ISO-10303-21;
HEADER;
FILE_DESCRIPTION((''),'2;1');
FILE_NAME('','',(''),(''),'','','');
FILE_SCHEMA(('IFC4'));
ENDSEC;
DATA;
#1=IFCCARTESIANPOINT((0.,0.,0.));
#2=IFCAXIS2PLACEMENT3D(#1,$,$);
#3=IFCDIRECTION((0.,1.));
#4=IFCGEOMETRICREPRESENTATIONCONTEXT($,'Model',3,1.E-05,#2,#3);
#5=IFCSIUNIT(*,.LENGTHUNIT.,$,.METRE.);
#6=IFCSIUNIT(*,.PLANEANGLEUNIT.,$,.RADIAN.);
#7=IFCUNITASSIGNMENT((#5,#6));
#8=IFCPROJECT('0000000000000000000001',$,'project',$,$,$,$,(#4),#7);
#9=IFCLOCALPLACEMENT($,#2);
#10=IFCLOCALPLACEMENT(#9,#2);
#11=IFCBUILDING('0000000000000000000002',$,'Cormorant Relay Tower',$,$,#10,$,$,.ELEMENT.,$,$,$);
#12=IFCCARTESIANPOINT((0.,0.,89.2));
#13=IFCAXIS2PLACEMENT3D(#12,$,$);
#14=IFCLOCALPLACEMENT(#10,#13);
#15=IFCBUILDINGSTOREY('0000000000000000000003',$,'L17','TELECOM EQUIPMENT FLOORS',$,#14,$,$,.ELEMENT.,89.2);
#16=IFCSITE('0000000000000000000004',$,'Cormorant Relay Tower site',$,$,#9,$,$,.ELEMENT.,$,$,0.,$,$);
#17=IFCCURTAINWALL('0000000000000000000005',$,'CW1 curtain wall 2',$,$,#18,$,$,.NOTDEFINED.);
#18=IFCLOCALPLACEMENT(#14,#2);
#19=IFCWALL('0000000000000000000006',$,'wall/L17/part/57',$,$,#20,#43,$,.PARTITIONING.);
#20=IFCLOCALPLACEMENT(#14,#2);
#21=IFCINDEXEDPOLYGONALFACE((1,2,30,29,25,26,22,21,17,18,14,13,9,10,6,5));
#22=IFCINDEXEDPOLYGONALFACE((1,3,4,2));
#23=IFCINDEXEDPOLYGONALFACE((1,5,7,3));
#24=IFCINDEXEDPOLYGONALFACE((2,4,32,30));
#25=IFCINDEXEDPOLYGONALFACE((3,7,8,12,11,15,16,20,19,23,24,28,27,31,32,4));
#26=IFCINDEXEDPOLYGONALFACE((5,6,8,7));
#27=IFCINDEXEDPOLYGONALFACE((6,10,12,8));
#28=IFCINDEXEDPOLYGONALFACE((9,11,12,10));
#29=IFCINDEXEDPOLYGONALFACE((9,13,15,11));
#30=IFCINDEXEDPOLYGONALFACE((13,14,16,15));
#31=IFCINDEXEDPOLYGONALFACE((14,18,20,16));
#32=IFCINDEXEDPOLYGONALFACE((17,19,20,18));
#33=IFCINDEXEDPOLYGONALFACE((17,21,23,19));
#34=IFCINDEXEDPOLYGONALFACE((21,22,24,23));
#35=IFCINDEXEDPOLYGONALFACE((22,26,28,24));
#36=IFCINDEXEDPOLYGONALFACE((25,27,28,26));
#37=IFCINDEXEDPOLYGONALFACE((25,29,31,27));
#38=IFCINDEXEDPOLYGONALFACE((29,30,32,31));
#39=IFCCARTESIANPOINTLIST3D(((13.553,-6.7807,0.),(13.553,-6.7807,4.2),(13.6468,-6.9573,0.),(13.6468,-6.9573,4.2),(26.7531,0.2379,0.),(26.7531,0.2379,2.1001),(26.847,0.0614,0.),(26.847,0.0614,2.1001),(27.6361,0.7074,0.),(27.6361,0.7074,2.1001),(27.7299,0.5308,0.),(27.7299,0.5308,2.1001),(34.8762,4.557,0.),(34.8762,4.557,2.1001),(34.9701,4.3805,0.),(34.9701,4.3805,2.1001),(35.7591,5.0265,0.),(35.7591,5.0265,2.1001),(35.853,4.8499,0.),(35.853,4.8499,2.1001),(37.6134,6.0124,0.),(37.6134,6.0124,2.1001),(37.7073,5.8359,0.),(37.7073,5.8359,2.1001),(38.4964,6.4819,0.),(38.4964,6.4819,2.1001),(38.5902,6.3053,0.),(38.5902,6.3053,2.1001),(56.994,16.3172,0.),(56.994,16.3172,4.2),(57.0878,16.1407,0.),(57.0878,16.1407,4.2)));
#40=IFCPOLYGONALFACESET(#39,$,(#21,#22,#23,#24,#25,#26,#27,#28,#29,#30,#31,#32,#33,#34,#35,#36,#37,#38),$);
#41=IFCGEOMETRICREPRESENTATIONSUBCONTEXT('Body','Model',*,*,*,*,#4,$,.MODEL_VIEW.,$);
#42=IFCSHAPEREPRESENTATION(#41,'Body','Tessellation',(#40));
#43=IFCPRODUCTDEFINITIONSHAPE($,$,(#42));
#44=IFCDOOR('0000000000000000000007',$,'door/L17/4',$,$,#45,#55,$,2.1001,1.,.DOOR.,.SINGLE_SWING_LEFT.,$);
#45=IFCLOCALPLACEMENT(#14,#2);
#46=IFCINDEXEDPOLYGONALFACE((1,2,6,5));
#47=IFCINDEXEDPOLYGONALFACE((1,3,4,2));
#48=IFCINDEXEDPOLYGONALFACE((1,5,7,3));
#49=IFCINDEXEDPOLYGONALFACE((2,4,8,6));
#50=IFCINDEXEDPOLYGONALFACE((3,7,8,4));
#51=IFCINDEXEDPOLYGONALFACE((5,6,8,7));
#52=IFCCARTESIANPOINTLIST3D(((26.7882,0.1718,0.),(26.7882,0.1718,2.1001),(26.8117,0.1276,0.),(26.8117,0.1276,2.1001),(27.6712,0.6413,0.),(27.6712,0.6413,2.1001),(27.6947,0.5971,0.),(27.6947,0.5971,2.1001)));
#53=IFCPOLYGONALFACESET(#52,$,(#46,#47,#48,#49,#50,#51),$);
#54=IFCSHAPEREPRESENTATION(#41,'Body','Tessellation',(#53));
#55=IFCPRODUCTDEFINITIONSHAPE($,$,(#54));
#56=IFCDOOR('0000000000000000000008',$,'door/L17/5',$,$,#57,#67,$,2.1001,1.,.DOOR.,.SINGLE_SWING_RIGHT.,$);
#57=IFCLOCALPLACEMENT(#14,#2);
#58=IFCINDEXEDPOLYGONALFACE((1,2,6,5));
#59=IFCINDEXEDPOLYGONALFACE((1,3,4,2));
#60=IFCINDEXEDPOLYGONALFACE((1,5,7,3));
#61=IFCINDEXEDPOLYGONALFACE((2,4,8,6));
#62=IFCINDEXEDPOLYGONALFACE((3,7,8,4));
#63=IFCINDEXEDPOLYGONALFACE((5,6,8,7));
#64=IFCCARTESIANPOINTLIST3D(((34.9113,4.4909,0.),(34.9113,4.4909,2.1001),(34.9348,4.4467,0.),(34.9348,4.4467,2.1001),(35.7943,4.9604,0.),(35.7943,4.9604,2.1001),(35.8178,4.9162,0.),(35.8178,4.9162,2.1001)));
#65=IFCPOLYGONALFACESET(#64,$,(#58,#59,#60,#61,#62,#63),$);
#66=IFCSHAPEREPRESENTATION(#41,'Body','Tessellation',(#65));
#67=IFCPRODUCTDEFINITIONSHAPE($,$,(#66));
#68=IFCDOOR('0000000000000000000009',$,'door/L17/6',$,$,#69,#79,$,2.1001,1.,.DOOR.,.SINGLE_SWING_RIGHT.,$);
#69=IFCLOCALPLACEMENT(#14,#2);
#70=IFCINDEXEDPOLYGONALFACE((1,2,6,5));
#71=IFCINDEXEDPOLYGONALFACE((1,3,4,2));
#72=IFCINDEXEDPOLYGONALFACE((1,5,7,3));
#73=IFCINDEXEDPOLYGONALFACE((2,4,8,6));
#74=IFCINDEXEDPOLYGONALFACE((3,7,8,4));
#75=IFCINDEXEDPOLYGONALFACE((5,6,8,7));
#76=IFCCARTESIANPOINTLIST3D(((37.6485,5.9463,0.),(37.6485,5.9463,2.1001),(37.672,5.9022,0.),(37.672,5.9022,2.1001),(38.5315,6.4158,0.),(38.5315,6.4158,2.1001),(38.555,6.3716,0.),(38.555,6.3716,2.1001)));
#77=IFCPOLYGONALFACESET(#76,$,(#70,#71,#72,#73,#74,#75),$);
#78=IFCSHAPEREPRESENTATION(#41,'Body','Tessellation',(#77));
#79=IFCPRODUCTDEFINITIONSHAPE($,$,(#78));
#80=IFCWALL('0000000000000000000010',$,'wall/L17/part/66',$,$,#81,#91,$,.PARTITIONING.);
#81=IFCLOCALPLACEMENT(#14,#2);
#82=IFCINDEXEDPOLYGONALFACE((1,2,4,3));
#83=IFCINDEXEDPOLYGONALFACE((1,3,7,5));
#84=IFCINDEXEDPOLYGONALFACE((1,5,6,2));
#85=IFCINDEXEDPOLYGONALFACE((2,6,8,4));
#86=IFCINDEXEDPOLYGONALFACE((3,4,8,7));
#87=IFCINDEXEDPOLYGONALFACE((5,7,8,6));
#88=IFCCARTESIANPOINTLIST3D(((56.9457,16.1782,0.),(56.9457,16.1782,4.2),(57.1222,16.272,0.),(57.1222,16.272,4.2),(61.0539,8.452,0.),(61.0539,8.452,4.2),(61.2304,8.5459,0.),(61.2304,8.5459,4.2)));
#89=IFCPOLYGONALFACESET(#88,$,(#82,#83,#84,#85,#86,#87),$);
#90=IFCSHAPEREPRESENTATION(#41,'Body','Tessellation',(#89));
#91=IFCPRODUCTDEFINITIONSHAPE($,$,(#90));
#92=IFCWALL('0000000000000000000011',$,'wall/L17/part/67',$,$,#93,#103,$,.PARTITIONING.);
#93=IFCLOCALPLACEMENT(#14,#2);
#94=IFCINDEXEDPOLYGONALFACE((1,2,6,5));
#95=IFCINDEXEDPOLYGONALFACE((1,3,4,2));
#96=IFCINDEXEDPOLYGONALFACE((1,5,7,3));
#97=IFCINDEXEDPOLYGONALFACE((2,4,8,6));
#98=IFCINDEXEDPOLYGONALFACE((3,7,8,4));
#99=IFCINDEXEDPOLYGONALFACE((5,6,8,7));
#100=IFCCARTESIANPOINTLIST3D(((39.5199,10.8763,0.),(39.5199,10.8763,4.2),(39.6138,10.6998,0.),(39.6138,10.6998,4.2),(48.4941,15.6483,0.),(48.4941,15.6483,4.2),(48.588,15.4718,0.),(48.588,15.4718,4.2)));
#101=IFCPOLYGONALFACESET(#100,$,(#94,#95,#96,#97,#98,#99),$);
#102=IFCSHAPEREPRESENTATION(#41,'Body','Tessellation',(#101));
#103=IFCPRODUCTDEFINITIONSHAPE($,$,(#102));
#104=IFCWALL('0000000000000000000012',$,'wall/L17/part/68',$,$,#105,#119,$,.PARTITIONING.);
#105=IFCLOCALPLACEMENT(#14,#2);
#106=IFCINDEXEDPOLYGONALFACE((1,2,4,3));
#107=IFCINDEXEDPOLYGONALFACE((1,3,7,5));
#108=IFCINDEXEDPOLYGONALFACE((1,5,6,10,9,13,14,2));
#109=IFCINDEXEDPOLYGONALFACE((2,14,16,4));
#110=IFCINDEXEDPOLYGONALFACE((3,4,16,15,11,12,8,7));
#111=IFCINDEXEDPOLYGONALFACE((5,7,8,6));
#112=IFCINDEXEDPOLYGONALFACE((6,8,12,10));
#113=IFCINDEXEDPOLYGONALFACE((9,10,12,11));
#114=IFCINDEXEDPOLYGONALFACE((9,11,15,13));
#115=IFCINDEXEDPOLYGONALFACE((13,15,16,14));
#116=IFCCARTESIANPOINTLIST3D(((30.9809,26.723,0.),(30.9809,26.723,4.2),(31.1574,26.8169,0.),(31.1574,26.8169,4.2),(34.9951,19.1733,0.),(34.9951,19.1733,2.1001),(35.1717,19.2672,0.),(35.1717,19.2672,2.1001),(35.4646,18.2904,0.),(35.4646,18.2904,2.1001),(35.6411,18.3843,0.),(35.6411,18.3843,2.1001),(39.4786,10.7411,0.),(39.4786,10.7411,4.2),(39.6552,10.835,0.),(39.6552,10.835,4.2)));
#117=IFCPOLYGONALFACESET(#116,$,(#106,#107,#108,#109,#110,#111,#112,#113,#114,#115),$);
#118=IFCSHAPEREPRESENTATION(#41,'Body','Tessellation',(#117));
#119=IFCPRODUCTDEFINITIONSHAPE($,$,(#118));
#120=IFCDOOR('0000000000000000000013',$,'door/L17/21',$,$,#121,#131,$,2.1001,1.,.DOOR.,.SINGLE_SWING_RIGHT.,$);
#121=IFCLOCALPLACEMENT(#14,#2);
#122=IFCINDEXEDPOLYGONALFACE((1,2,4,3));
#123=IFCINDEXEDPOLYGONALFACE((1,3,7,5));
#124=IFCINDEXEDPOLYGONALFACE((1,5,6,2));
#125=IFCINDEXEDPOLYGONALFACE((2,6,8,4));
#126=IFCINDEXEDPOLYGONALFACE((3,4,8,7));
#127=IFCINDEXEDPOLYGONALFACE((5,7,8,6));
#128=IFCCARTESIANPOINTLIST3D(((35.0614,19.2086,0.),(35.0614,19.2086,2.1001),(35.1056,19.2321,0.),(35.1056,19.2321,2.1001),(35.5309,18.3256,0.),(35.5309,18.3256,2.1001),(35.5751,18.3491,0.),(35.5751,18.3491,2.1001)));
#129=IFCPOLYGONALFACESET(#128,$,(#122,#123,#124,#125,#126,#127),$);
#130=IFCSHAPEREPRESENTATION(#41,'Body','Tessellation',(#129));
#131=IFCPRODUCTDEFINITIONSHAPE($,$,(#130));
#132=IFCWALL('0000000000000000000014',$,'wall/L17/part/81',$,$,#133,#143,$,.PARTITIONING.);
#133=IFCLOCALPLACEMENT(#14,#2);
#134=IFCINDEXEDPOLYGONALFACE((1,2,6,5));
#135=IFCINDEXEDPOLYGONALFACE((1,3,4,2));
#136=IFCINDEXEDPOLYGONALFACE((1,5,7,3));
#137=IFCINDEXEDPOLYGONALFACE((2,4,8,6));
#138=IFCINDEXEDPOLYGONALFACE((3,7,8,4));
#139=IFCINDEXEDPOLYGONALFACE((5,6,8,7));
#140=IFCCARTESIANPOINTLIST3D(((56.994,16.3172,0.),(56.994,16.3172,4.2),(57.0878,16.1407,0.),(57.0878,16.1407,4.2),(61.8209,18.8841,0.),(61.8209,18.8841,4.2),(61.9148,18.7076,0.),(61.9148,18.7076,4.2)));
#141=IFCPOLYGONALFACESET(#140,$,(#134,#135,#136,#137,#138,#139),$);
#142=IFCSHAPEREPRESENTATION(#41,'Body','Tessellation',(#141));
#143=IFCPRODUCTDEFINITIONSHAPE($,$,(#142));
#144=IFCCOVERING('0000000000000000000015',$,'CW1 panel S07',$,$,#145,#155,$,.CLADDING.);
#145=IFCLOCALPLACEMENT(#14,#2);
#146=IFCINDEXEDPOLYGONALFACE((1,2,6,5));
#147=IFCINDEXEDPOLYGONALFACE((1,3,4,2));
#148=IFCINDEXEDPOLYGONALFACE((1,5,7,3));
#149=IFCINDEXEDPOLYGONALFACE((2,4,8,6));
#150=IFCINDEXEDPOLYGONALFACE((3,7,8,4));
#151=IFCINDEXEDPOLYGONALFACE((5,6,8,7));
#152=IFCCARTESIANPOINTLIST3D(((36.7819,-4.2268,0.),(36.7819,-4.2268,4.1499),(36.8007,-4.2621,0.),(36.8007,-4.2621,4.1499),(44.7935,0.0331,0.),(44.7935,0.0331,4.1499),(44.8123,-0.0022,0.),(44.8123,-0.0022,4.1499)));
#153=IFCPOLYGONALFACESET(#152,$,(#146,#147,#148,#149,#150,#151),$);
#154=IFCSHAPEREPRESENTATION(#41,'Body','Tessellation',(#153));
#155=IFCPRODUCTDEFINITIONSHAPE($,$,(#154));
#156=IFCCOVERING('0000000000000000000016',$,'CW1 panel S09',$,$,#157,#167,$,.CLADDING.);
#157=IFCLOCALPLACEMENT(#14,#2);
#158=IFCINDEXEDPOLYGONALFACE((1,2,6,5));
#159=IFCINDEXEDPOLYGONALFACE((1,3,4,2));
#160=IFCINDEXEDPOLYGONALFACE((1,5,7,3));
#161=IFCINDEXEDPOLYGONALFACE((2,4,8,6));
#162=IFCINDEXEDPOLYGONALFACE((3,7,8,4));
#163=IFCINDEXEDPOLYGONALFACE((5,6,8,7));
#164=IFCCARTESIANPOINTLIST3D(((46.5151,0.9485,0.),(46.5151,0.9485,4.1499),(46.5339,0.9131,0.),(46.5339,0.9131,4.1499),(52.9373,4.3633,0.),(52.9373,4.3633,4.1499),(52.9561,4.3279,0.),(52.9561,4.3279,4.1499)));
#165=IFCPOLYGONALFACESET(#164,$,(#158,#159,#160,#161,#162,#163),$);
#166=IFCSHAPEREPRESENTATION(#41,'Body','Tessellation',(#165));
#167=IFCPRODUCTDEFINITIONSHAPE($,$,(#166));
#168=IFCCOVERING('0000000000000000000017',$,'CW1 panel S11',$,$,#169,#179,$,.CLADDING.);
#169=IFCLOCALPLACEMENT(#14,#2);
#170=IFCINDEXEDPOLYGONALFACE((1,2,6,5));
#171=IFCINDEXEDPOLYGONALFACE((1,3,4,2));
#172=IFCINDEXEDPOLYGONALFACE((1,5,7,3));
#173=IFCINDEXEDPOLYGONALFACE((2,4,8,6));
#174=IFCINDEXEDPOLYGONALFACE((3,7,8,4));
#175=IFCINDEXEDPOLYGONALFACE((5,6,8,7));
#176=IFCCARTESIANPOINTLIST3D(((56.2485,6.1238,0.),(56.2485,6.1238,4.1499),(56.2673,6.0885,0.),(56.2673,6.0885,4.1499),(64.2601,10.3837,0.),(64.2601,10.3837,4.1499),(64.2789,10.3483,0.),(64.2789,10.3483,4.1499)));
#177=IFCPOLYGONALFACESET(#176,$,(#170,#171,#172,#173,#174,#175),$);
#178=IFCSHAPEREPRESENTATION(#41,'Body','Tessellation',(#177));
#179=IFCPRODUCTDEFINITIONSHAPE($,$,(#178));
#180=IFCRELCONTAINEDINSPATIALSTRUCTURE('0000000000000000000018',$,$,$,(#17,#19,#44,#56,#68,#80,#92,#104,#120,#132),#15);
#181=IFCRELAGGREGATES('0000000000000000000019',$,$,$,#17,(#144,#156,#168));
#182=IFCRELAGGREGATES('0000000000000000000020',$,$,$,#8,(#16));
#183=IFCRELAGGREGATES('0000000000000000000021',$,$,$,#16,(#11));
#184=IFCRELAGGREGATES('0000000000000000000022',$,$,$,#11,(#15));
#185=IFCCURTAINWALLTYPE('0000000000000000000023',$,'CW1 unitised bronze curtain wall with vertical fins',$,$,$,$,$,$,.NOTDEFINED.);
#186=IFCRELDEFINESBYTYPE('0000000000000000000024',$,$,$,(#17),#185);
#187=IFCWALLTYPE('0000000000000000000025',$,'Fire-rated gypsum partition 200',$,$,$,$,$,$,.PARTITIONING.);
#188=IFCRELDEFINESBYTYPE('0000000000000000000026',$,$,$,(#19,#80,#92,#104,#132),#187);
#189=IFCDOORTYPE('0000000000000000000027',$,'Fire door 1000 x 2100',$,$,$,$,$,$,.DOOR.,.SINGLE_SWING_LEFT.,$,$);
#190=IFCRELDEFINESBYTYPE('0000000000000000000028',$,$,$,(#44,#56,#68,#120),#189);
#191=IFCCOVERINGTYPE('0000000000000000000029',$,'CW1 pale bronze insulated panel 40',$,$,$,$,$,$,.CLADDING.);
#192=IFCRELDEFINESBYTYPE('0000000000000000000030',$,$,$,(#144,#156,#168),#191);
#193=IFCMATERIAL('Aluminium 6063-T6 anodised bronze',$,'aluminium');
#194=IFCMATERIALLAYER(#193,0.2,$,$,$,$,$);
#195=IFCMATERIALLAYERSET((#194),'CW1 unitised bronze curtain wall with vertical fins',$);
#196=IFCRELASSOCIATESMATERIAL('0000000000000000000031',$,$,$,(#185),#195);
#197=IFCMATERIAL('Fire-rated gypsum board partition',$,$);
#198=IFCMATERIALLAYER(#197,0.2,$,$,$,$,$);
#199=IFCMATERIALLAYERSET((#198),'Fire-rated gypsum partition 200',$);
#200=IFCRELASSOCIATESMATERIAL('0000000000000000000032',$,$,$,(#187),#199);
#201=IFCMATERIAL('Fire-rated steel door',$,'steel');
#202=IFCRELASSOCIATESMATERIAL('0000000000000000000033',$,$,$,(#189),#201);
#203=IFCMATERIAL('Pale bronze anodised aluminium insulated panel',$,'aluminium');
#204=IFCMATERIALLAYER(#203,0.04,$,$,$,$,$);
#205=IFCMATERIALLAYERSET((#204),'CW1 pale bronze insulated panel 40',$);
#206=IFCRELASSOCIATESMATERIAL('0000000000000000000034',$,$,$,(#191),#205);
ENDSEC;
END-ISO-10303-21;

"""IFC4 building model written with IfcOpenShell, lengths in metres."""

from ifc_helpers import new_model, si_unit, direction, frame, frame_2d, origin, origin_2d, place, context, subcontext, project, spatial, rectangle, extrude, material, layer, layer_set, type_object, element, fill, aggregate, save


model = new_model("IFC4")

# Units and contexts
model_context = context("Model", 3, precision=1e-05, world=origin(), true_north=direction((0.0, 1.0)))
body_context = subcontext(model_context, "Body", "Model", "MODEL_VIEW")
ifc_project = project(units=[si_unit("LENGTHUNIT", "METRE"), si_unit("PLANEANGLEUNIT", "RADIAN")], contexts=[model_context])

# Site, building, storey
site_placement = place(None, origin())
site = spatial("IfcSite", under=ifc_project, at=site_placement, Name="Cormorant Relay Tower site", CompositionType="ELEMENT", RefElevation=0.0)
building_placement = place(site_placement, origin())
building = spatial("IfcBuilding", under=site, at=building_placement, Name="Cormorant Relay Tower", CompositionType="ELEMENT")
storey_placement = place(building_placement, frame((0.0, 0.0, 89.2)))
storey = spatial("IfcBuildingStorey", under=building, at=storey_placement, Name="L17", Description="TELECOM EQUIPMENT FLOORS", CompositionType="ELEMENT", Elevation=89.2)

# Curtain wall
ifc_material_1 = material(Name="Aluminium 6063-T6 anodised bronze", Category="aluminium")
ifc_layer_1 = layer(ifc_material_1, 0.2)
ifc_layer_set_1 = layer_set([ifc_layer_1], Name="CW1 unitised bronze curtain wall with vertical fins")
curtain_wall_type = type_object("IfcCurtainWallType", Name="CW1 unitised bronze curtain wall with vertical fins", PredefinedType="NOTDEFINED", material=ifc_layer_set_1)
curtain_wall_1_placement = place(storey_placement, origin())
curtain_wall_1 = element("IfcCurtainWall", 1, at=curtain_wall_1_placement, inside=storey, type_object=curtain_wall_type, Name="CW1 curtain wall 2", PredefinedType="NOTDEFINED")

# Wall, openings, doors
ifc_material_2 = material(Name="Fire-rated gypsum board partition")
ifc_layer_2 = layer(ifc_material_2, 0.2)
ifc_layer_set_2 = layer_set([ifc_layer_2], Name="Fire-rated gypsum partition 200")
wall_type = type_object("IfcWallType", Name="Fire-rated gypsum partition 200", PredefinedType="PARTITIONING", material=ifc_layer_set_2)
wall_1_placement = place(storey_placement, frame((57.041, 16.229, 0.0), z_axis=(0.0, 0.0, 1.0), x_axis=(-0.882948, -0.469471, 0.0)))
wall_1 = element("IfcWall", 2, at=wall_1_placement, inside=storey, type_object=wall_type, Name="wall/L17/part/57", PredefinedType="PARTITIONING", context=body_context, shape_type="SweptSolid", body=[
    extrude(rectangle(XDim=49.2, YDim=0.2, at=frame_2d((24.6001, 0.0))), origin(), (0.0, 0.0, 1.0), 4.2),
])
opening_1_placement = place(wall_1_placement, frame((33.25, 0.0, 0.0)))
opening_1 = element("IfcOpeningElement", 3, at=opening_1_placement, cuts=wall_1, PredefinedType="OPENING", context=body_context, shape_type="SweptSolid", body=[
    extrude(rectangle(XDim=1.0, YDim=2.1001, at=frame_2d((0.5, 1.05))), frame((0.0, 0.1099, 0.0), z_axis=(0.0, -1.0, 0.0), x_axis=(1.0, 0.0, 0.0)), (0.0, 0.0, 1.0), 0.22),
])
opening_2_placement = place(wall_1_placement, frame((24.05, 0.0, 0.0)))
opening_2 = element("IfcOpeningElement", 4, at=opening_2_placement, cuts=wall_1, PredefinedType="OPENING", context=body_context, shape_type="SweptSolid", body=[
    extrude(rectangle(XDim=1.0, YDim=2.1001, at=frame_2d((0.5, 1.05))), frame((0.0, 0.1099, 0.0), z_axis=(0.0, -1.0, 0.0), x_axis=(1.0, 0.0, 0.0)), (0.0, 0.0, 1.0), 0.22),
])
opening_3_placement = place(wall_1_placement, frame((20.95, 0.0, 0.0)))
opening_3 = element("IfcOpeningElement", 5, at=opening_3_placement, cuts=wall_1, PredefinedType="OPENING", context=body_context, shape_type="SweptSolid", body=[
    extrude(rectangle(XDim=1.0, YDim=2.1001, at=frame_2d((0.5, 1.05))), frame((0.0, 0.1099, 0.0), z_axis=(0.0, -1.0, 0.0), x_axis=(1.0, 0.0, 0.0)), (0.0, 0.0, 1.0), 0.22),
])
ifc_material_3 = material(Name="Fire-rated steel door", Category="steel")
door_type = type_object("IfcDoorType", Name="Fire door 1000 x 2100", OperationType="SINGLE_SWING_LEFT", PredefinedType="DOOR", material=ifc_material_3)
door_1_placement = place(opening_1_placement, origin())
door_1 = element("IfcDoor", 6, at=door_1_placement, inside=storey, type_object=door_type, Name="door/L17/4", OperationType="SINGLE_SWING_LEFT", OverallHeight=2.1001, OverallWidth=1.0, PredefinedType="DOOR", context=body_context, shape_type="SweptSolid", body=[
    extrude(rectangle(XDim=1.0, YDim=2.1001, at=frame_2d((0.5, 1.05))), frame((0.0, 0.0249, 0.0), z_axis=(0.0, -1.0, 0.0), x_axis=(1.0, 0.0, 0.0)), (0.0, 0.0, 1.0), 0.05),
])
fill(opening_1, door_1)
door_2_placement = place(opening_2_placement, origin())
door_2 = element("IfcDoor", 7, at=door_2_placement, inside=storey, type_object=door_type, Name="door/L17/5", OperationType="SINGLE_SWING_RIGHT", OverallHeight=2.1001, OverallWidth=1.0, PredefinedType="DOOR", context=body_context, shape_type="SweptSolid", body=[
    extrude(rectangle(XDim=1.0, YDim=2.1001, at=frame_2d((0.5, 1.05))), frame((0.0, 0.0249, 0.0), z_axis=(0.0, -1.0, 0.0), x_axis=(1.0, 0.0, 0.0)), (0.0, 0.0, 1.0), 0.05),
])
fill(opening_2, door_2)
door_3_placement = place(opening_3_placement, origin())
door_3 = element("IfcDoor", 8, at=door_3_placement, inside=storey, type_object=door_type, Name="door/L17/6", OperationType="SINGLE_SWING_RIGHT", OverallHeight=2.1001, OverallWidth=1.0, PredefinedType="DOOR", context=body_context, shape_type="SweptSolid", body=[
    extrude(rectangle(XDim=1.0, YDim=2.1001, at=frame_2d((0.5, 1.05))), frame((0.0, 0.0249, 0.0), z_axis=(0.0, -1.0, 0.0), x_axis=(1.0, 0.0, 0.0)), (0.0, 0.0, 1.0), 0.05),
])
fill(opening_3, door_3)

# Walls
wall_2_placement = place(storey_placement, frame((57.0339, 16.2251, 0.0), z_axis=(0.0, 0.0, 1.0), x_axis=(0.469483, -0.882942, 0.0)))
element("IfcWall", 9, at=wall_2_placement, inside=storey, type_object=wall_type, Name="wall/L17/part/66", PredefinedType="PARTITIONING", context=body_context, shape_type="SweptSolid", body=[
    extrude(rectangle(XDim=8.7505, YDim=0.2, at=frame_2d((4.3752, 0.0))), origin(), (0.0, 0.0, 1.0), 4.2),
])
wall_3_placement = place(storey_placement, frame((48.541, 15.5601, 0.0), z_axis=(0.0, 0.0, 1.0), x_axis=(-0.882933, -0.469498, 0.0)))
element("IfcWall", 10, at=wall_3_placement, inside=storey, type_object=wall_type, Name="wall/L17/part/67", PredefinedType="PARTITIONING", context=body_context, shape_type="SweptSolid", body=[
    extrude(rectangle(XDim=10.1641, YDim=0.2, at=frame_2d((5.082, 0.0))), origin(), (0.0, 0.0, 1.0), 4.2),
])

# Wall, opening, door
wall_4_placement = place(storey_placement, frame((39.5669, 10.7881, 0.0), z_axis=(0.0, 0.0, 1.0), x_axis=(-0.469474, 0.882946, 0.0)))
wall_4 = element("IfcWall", 11, at=wall_4_placement, inside=storey, type_object=wall_type, Name="wall/L17/part/68", PredefinedType="PARTITIONING", context=body_context, shape_type="SweptSolid", body=[
    extrude(rectangle(XDim=18.1006, YDim=0.2, at=frame_2d((9.0503, 0.0))), origin(), (0.0, 0.0, 1.0), 4.2),
])
opening_4_placement = place(wall_4_placement, frame((8.55, 0.0, 0.0)))
opening_4 = element("IfcOpeningElement", 12, at=opening_4_placement, cuts=wall_4, PredefinedType="OPENING", context=body_context, shape_type="SweptSolid", body=[
    extrude(rectangle(XDim=1.0, YDim=2.1001, at=frame_2d((0.5, 1.05))), frame((0.0, 0.1099, 0.0), z_axis=(0.0, -1.0, 0.0), x_axis=(1.0, 0.0, 0.0)), (0.0, 0.0, 1.0), 0.22),
])
door_4_placement = place(opening_4_placement, origin())
door_4 = element("IfcDoor", 13, at=door_4_placement, inside=storey, type_object=door_type, Name="door/L17/21", OperationType="SINGLE_SWING_RIGHT", OverallHeight=2.1001, OverallWidth=1.0, PredefinedType="DOOR", context=body_context, shape_type="SweptSolid", body=[
    extrude(rectangle(XDim=1.0, YDim=2.1001, at=frame_2d((0.5, 1.05))), frame((0.0, 0.0249, 0.0), z_axis=(0.0, -1.0, 0.0), x_axis=(1.0, 0.0, 0.0)), (0.0, 0.0, 1.0), 0.05),
])
fill(opening_4, door_4)

# Wall
wall_5_placement = place(storey_placement, frame((57.041, 16.229, 0.0), z_axis=(0.0, 0.0, 1.0), x_axis=(0.882918, 0.469526, 0.0)))
element("IfcWall", 14, at=wall_5_placement, inside=storey, type_object=wall_type, Name="wall/L17/part/81", PredefinedType="PARTITIONING", context=body_context, shape_type="SweptSolid", body=[
    extrude(rectangle(XDim=5.467, YDim=0.2, at=frame_2d((2.7334, 0.0))), origin(), (0.0, 0.0, 1.0), 4.2),
])

# Coverings
ifc_material_4 = material(Name="Pale bronze anodised aluminium insulated panel", Category="aluminium")
ifc_layer_3 = layer(ifc_material_4, 0.04)
ifc_layer_set_3 = layer_set([ifc_layer_3], Name="CW1 pale bronze insulated panel 40")
covering_type = type_object("IfcCoveringType", Name="CW1 pale bronze insulated panel 40", PredefinedType="CLADDING", material=ifc_layer_set_3)
covering_1_placement = place(storey_placement, frame((40.7971, -2.1145, 0.0), z_axis=(0.0, 0.0, 1.0), x_axis=(0.882948, 0.469472, 0.0)))
covering_1 = element("IfcCovering", 15, at=covering_1_placement, type_object=covering_type, Name="CW1 panel S07", PredefinedType="CLADDING", context=body_context, shape_type="SweptSolid", body=[
    extrude(rectangle(XDim=9.0737, YDim=0.04, at=origin_2d()), origin(), (0.0, 0.0, 1.0), 4.1499),
])
covering_2_placement = place(storey_placement, frame((49.7356, 2.6382, 0.0), z_axis=(0.0, 0.0, 1.0), x_axis=(0.882948, 0.469472, 0.0)))
covering_2 = element("IfcCovering", 16, at=covering_2_placement, type_object=covering_type, Name="CW1 panel S09", PredefinedType="CLADDING", context=body_context, shape_type="SweptSolid", body=[
    extrude(rectangle(XDim=7.2737, YDim=0.04, at=origin_2d()), origin(), (0.0, 0.0, 1.0), 4.1499),
])
covering_3_placement = place(storey_placement, frame((60.2637, 8.2361, 0.0), z_axis=(0.0, 0.0, 1.0), x_axis=(0.882948, 0.469472, 0.0)))
covering_3 = element("IfcCovering", 17, at=covering_3_placement, type_object=covering_type, Name="CW1 panel S11", PredefinedType="CLADDING", context=body_context, shape_type="SweptSolid", body=[
    extrude(rectangle(XDim=9.0737, YDim=0.04, at=origin_2d()), origin(), (0.0, 0.0, 1.0), 4.1499),
])
aggregate(curtain_wall_1, [covering_1, covering_2, covering_3])

save(model, "model.ifc")
